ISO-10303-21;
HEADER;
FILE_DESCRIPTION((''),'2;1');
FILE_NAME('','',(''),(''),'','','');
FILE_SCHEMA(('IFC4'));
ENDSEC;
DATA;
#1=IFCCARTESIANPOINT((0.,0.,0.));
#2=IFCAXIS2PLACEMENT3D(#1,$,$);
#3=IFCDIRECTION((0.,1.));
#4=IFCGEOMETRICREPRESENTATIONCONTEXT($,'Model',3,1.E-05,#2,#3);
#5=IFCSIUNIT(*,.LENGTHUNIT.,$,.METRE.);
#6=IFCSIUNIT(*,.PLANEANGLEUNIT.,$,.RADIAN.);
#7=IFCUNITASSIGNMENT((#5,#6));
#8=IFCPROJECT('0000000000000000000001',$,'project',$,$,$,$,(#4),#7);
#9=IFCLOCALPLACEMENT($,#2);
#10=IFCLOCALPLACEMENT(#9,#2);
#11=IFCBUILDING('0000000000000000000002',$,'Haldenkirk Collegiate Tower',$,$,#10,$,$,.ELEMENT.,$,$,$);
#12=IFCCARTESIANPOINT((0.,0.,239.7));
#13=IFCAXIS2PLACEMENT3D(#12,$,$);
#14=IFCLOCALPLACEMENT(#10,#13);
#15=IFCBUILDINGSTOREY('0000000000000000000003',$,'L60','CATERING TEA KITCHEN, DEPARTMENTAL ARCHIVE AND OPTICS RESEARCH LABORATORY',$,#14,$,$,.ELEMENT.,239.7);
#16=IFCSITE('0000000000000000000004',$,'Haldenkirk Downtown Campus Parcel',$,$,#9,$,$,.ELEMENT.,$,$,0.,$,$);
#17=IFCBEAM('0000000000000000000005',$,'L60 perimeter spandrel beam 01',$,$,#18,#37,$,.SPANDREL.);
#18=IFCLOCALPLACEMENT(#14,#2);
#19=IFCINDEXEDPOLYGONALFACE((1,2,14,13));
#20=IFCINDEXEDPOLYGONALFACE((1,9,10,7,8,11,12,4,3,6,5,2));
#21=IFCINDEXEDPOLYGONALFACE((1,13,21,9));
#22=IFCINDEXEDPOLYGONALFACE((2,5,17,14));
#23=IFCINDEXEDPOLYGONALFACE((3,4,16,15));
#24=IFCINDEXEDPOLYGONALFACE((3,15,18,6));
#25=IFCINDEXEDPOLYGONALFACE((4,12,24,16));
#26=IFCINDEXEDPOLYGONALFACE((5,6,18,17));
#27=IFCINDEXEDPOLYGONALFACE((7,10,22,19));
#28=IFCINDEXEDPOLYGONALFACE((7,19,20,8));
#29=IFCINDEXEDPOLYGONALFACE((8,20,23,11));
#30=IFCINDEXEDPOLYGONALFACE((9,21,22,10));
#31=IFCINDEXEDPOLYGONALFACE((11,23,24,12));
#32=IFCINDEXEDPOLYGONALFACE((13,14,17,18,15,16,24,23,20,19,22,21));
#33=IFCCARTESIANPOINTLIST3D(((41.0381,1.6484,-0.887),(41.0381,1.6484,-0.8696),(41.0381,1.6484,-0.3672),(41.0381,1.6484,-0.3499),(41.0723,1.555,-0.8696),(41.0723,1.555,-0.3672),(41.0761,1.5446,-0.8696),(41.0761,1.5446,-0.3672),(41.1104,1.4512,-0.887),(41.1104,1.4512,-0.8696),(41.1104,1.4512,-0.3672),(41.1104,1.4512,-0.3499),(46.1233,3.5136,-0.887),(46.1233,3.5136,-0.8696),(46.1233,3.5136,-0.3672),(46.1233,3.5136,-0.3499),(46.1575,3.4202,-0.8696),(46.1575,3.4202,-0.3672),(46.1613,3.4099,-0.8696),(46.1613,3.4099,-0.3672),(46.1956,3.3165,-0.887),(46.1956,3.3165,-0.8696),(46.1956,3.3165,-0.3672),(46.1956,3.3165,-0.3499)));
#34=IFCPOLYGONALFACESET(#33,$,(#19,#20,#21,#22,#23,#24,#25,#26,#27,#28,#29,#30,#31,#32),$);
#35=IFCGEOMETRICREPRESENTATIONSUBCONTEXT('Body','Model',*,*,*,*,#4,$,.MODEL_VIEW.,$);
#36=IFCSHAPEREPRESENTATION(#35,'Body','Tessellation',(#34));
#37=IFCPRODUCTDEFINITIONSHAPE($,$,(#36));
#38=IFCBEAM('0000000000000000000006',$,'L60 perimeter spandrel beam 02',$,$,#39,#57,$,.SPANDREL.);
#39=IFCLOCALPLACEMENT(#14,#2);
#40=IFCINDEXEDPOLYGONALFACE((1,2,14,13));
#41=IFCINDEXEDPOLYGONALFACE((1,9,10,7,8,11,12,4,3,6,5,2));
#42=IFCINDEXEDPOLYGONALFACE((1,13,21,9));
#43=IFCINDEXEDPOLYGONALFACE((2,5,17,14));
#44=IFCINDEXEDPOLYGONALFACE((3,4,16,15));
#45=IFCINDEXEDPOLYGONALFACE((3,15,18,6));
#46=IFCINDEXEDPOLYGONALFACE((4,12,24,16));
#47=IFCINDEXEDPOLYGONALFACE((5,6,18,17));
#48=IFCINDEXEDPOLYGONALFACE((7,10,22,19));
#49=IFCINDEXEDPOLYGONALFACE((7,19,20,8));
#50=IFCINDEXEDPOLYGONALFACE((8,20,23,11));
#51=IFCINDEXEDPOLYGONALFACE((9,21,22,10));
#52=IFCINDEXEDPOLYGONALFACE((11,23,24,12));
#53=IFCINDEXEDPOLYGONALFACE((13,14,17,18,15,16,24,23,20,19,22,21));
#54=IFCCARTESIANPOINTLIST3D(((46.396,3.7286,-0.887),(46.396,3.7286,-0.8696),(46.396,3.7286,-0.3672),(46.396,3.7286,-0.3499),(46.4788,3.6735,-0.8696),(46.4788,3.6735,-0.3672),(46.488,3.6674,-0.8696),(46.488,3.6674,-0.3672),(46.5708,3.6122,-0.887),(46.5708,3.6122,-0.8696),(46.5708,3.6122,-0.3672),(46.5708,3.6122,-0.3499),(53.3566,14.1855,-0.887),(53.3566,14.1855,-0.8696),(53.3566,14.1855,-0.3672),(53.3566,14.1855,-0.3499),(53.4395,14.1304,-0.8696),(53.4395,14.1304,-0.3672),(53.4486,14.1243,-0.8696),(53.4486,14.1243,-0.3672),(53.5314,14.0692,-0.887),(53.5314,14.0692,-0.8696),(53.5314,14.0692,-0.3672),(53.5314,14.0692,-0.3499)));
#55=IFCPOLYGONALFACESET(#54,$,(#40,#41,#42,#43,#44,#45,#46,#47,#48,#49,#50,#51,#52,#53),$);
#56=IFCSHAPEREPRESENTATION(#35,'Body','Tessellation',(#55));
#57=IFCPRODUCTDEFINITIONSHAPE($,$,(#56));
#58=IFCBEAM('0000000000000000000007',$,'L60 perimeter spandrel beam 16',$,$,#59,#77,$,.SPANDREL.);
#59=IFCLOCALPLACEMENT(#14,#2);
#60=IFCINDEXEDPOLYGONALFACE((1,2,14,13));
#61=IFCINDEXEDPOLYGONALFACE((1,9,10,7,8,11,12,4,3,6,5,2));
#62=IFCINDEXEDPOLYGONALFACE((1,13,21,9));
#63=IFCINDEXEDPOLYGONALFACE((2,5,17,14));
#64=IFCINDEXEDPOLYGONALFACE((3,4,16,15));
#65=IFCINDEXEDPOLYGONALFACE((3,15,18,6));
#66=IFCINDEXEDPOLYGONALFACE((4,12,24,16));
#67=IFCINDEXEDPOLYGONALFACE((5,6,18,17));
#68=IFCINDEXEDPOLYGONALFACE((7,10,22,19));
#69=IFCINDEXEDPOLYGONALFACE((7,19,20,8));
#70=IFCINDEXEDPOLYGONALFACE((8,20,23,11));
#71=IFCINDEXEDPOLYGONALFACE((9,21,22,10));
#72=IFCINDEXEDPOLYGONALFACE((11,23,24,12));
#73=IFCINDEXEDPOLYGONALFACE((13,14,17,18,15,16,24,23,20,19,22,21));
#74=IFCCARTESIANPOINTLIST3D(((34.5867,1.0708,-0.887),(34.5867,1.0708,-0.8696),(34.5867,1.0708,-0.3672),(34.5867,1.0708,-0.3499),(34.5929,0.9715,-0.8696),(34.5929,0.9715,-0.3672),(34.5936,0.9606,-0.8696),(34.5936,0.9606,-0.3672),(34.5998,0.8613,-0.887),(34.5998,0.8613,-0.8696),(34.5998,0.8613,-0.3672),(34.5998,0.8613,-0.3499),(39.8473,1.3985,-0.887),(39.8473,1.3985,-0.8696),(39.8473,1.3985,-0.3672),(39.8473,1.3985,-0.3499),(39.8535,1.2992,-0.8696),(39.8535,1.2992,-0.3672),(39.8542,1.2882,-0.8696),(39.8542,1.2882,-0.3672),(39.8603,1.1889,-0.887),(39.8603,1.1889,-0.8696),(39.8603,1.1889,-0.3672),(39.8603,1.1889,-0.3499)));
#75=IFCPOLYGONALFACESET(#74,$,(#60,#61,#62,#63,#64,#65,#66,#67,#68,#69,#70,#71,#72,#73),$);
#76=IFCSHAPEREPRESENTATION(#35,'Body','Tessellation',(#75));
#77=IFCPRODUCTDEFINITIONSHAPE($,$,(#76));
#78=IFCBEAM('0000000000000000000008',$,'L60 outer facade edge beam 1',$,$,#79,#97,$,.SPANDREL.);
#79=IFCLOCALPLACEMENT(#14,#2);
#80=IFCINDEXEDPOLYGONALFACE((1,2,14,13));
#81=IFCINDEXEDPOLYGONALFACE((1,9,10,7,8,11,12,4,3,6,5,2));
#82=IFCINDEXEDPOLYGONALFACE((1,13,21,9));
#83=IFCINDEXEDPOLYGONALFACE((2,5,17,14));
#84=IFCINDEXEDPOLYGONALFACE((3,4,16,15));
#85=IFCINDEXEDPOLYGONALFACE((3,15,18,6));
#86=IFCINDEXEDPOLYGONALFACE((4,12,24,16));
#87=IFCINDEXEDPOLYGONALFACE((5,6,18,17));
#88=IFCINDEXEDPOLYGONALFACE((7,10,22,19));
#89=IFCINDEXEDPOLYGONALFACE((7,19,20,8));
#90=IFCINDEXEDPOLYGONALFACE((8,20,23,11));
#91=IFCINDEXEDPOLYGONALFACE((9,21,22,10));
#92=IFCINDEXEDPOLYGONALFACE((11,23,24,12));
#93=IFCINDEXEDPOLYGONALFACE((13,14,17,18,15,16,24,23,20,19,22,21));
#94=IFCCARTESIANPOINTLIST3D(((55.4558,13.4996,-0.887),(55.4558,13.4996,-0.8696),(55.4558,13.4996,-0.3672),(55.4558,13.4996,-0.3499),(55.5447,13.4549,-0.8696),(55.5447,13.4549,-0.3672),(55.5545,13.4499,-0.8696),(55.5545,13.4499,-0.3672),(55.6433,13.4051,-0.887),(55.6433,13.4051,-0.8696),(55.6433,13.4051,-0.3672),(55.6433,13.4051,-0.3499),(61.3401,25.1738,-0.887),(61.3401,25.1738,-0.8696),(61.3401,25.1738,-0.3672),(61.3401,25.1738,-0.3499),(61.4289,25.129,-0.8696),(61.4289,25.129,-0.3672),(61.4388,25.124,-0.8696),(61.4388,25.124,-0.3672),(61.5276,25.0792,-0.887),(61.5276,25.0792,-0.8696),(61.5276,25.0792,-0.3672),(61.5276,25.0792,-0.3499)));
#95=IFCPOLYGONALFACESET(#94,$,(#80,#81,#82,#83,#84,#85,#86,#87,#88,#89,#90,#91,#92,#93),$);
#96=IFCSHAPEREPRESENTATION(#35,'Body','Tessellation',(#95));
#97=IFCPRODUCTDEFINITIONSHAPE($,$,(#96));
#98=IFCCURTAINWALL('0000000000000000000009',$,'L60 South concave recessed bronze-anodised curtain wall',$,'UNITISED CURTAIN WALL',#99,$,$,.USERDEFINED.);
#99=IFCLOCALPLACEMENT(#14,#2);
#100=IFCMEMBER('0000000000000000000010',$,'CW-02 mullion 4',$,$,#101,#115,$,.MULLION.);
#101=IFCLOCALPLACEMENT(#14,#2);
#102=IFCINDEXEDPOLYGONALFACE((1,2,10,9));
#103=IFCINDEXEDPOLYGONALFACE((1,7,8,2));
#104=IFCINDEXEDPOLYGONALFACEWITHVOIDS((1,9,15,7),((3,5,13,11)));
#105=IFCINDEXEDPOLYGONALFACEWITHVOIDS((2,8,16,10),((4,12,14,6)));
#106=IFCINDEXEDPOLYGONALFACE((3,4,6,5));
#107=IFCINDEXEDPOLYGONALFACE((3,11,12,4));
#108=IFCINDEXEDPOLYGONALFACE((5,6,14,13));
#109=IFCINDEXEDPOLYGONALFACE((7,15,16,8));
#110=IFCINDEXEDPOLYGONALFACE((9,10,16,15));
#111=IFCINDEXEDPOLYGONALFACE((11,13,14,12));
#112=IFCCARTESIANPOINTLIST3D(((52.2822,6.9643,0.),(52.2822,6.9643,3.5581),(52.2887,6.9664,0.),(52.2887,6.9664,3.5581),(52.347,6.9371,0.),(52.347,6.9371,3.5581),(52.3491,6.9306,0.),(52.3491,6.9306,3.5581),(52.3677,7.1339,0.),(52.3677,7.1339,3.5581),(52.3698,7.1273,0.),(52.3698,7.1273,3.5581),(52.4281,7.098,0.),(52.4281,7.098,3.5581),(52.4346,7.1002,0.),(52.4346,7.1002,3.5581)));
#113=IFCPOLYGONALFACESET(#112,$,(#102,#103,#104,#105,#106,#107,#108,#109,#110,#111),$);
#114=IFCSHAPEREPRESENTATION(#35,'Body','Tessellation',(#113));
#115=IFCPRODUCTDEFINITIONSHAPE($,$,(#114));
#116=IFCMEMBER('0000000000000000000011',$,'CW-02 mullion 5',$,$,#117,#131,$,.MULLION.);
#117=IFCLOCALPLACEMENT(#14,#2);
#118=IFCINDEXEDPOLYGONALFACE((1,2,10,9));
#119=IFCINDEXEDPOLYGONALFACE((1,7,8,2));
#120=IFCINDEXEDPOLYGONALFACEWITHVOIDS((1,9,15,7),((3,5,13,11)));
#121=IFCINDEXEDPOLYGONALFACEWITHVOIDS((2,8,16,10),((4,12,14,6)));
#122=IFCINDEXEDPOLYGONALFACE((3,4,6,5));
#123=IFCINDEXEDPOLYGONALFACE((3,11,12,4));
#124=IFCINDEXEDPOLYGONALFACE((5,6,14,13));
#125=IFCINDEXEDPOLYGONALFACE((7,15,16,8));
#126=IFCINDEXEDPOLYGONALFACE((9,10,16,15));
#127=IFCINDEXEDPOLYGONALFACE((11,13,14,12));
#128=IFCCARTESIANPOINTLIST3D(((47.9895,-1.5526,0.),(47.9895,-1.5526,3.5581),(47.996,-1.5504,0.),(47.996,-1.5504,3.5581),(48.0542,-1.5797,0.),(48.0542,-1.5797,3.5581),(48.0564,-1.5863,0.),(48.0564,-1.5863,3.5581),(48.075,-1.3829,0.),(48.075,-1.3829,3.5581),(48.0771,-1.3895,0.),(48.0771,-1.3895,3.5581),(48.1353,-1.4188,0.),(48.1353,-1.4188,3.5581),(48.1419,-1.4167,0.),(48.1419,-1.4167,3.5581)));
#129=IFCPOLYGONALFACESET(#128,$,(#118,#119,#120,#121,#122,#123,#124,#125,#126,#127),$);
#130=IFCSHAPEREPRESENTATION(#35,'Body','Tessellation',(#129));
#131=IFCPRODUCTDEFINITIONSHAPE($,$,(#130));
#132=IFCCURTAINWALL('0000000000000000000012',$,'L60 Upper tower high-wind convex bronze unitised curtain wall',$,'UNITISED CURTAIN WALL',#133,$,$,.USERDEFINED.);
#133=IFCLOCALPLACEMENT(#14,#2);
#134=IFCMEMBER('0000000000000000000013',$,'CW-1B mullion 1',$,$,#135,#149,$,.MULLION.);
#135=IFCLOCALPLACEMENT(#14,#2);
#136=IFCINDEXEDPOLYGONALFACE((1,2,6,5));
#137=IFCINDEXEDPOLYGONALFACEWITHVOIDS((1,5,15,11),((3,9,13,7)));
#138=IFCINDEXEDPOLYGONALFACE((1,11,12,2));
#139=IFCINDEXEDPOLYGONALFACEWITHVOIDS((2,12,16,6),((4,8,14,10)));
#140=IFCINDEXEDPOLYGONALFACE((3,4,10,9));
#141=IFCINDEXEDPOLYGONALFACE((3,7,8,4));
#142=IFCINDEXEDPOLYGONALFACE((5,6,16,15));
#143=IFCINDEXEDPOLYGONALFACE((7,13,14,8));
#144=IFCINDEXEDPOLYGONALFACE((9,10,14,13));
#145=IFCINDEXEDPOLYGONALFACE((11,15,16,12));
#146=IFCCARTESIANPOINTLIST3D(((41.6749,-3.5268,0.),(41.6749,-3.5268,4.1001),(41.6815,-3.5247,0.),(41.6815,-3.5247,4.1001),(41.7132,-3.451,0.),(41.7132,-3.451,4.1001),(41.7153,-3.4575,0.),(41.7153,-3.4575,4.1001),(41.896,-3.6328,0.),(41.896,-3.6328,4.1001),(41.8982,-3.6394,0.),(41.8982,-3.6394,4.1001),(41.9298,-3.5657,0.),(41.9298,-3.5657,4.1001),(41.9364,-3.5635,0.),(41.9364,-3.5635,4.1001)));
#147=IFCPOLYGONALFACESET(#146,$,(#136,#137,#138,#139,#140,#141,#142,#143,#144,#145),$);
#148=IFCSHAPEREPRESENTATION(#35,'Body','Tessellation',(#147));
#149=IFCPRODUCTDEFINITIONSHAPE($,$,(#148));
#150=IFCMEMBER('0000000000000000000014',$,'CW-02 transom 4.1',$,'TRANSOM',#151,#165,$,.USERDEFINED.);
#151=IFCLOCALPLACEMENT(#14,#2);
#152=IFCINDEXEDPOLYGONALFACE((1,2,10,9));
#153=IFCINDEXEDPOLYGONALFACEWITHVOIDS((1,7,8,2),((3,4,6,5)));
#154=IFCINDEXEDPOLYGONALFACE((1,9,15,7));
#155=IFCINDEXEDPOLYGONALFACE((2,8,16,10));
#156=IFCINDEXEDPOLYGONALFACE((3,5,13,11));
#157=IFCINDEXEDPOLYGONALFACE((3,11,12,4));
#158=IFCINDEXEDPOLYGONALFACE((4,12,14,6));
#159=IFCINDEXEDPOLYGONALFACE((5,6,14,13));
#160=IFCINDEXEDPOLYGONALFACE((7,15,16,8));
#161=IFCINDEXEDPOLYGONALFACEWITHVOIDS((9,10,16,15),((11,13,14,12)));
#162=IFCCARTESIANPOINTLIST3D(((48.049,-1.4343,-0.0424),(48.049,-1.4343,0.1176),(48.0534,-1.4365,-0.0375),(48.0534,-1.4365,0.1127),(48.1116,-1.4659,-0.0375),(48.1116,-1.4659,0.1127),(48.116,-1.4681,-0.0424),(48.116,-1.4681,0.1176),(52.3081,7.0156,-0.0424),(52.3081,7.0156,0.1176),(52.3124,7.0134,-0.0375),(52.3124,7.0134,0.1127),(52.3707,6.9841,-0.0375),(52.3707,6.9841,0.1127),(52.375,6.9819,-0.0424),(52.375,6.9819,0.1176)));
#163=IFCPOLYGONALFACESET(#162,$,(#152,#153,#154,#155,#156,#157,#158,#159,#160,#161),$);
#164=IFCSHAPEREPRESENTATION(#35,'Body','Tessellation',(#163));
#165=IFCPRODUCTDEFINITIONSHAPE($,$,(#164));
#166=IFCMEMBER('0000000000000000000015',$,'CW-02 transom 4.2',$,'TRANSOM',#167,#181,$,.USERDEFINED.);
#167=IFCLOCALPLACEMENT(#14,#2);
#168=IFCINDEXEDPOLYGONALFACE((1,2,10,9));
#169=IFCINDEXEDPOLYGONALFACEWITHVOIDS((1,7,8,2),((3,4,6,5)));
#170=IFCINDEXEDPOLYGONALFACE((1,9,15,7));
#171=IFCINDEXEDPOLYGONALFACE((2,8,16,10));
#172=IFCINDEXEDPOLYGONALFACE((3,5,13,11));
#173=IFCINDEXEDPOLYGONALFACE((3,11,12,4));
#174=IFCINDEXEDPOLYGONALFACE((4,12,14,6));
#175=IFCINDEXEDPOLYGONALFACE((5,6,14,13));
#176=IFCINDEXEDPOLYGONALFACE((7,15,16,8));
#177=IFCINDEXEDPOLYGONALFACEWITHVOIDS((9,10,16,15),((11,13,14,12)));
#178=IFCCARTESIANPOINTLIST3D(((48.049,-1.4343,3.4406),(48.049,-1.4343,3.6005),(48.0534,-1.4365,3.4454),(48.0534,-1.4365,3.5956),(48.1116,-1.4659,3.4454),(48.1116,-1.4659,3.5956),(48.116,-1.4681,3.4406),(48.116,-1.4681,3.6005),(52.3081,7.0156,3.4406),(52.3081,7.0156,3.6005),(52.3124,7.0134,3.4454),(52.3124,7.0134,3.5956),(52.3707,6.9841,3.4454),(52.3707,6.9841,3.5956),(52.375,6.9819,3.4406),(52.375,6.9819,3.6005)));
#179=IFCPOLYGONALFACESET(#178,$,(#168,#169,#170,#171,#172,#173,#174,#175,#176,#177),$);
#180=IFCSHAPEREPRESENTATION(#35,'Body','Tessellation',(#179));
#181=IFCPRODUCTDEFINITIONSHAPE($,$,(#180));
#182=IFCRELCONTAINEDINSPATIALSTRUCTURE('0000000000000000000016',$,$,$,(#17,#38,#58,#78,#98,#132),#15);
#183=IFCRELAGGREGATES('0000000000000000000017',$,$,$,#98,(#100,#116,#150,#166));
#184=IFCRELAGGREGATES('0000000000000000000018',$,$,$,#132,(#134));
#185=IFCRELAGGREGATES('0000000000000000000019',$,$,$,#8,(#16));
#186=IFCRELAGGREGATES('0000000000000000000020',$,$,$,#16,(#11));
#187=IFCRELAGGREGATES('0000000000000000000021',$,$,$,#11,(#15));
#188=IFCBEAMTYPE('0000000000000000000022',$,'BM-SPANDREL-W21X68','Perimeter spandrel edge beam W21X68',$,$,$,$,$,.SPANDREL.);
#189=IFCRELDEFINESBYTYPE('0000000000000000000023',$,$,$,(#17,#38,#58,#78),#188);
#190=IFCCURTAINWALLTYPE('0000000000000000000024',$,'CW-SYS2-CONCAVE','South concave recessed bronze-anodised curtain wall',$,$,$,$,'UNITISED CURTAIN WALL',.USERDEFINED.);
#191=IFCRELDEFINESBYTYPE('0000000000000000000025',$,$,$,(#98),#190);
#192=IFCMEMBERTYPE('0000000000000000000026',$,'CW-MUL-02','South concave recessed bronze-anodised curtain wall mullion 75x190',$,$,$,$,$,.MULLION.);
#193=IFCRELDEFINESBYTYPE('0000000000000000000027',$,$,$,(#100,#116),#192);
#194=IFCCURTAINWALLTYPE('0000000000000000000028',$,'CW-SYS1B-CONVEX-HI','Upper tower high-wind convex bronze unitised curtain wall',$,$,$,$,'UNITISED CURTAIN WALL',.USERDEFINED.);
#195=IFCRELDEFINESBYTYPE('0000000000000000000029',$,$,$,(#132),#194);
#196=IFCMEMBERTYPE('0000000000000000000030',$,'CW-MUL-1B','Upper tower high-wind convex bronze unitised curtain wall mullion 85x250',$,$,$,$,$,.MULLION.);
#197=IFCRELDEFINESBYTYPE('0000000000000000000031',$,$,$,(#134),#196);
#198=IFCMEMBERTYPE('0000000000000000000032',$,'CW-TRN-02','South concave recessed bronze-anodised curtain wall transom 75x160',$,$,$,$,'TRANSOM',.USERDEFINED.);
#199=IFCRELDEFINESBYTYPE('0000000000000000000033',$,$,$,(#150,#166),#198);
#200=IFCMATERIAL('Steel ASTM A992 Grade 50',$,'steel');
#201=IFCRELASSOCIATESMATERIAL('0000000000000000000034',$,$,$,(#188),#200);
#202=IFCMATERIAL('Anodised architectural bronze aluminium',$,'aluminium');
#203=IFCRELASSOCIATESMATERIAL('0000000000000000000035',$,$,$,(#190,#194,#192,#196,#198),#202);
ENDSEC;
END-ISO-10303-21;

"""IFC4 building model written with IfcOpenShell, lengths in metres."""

from ifc_helpers import new_model, si_unit, direction, frame, origin, origin_2d, place, context, subcontext, project, spatial, hollow_rectangle, i_section, extrude, material, material_profile, profile_set, type_object, element, aggregate, save


model = new_model("IFC4")

# Units and contexts
model_context = context("Model", 3, precision=1e-05, world=origin(), true_north=direction((0.0, 1.0)))
body_context = subcontext(model_context, "Body", "Model", "MODEL_VIEW")
ifc_project = project(units=[si_unit("LENGTHUNIT", "METRE"), si_unit("PLANEANGLEUNIT", "RADIAN")], contexts=[model_context])

# Site, building, storey
site_placement = place(None, origin())
site = spatial("IfcSite", under=ifc_project, at=site_placement, Name="Haldenkirk Downtown Campus Parcel", CompositionType="ELEMENT", RefElevation=0.0)
building_placement = place(site_placement, origin())
building = spatial("IfcBuilding", under=site, at=building_placement, Name="Haldenkirk Collegiate Tower", CompositionType="ELEMENT")
storey_placement = place(building_placement, frame((0.0, 0.0, 239.7)))
storey = spatial("IfcBuildingStorey", under=building, at=storey_placement, Name="L60", Description="CATERING TEA KITCHEN, DEPARTMENTAL ARCHIVE AND OPTICS RESEARCH LABORATORY", CompositionType="ELEMENT", Elevation=239.7)

# Beams
ifc_material_1 = material(Name="Steel ASTM A992 Grade 50", Category="steel")
ifc_material_profile_1 = material_profile(ifc_material_1, i_section(OverallWidth=0.21, OverallDepth=0.5371, WebThickness=0.011, FlangeThickness=0.0173, at=origin_2d()), Name="W21X68")
ifc_profile_set_1 = profile_set([ifc_material_profile_1], Name="Steel ASTM A992 Grade 50")
beam_type_1 = type_object("IfcBeamType", Name="BM-SPANDREL-W21X68", Description="Perimeter spandrel edge beam W21X68", PredefinedType="SPANDREL", material=ifc_profile_set_1)
beam_1_placement = place(storey_placement, frame((41.0742, 1.5498, -0.6184), z_axis=(0.938837, 0.344362, 0.0), x_axis=(-0.344362, 0.938837, 0.0)))
element("IfcBeam", 1, at=beam_1_placement, inside=storey, type_object=beam_type_1, Name="L60 perimeter spandrel beam 01", PredefinedType="SPANDREL", context=body_context, shape_type="SweptSolid", body=[
    extrude(i_section(OverallWidth=0.21, OverallDepth=0.5371, WebThickness=0.011, FlangeThickness=0.0173, at=origin_2d()), origin(), (0.0, 0.0, 1.0), 5.4165),
])
beam_2_placement = place(storey_placement, frame((46.4834, 3.6704, -0.6184), z_axis=(0.554113, 0.832442, 0.0), x_axis=(-0.832442, 0.554113, 0.0)))
element("IfcBeam", 2, at=beam_2_placement, inside=storey, type_object=beam_type_1, Name="L60 perimeter spandrel beam 02", PredefinedType="SPANDREL", context=body_context, shape_type="SweptSolid", body=[
    extrude(i_section(OverallWidth=0.21, OverallDepth=0.5371, WebThickness=0.011, FlangeThickness=0.0173, at=origin_2d()), origin(), (0.0, 0.0, 1.0), 12.5618),
])
beam_3_placement = place(storey_placement, frame((34.5933, 0.9661, -0.6184), z_axis=(0.998066, 0.062162, 0.0), x_axis=(-0.062162, 0.998066, 0.0)))
element("IfcBeam", 3, at=beam_3_placement, inside=storey, type_object=beam_type_1, Name="L60 perimeter spandrel beam 16", PredefinedType="SPANDREL", context=body_context, shape_type="SweptSolid", body=[
    extrude(i_section(OverallWidth=0.21, OverallDepth=0.5371, WebThickness=0.011, FlangeThickness=0.0173, at=origin_2d()), origin(), (0.0, 0.0, 1.0), 5.2708),
])
beam_4_placement = place(storey_placement, frame((55.5496, 13.4524, -0.6184), z_axis=(0.450102, 0.892977, 0.0), x_axis=(-0.892977, 0.450102, 0.0)))
element("IfcBeam", 4, at=beam_4_placement, inside=storey, type_object=beam_type_1, Name="L60 outer facade edge beam 1", PredefinedType="SPANDREL", context=body_context, shape_type="SweptSolid", body=[
    extrude(i_section(OverallWidth=0.21, OverallDepth=0.5371, WebThickness=0.011, FlangeThickness=0.0173, at=origin_2d()), origin(), (0.0, 0.0, 1.0), 13.0732),
])

# Curtain wall, members
ifc_material_2 = material(Name="Anodised architectural bronze aluminium", Category="aluminium")
curtain_wall_type_1 = type_object("IfcCurtainWallType", Name="CW-SYS2-CONCAVE", Description="South concave recessed bronze-anodised curtain wall", ElementType="UNITISED CURTAIN WALL", PredefinedType="USERDEFINED", material=ifc_material_2)
curtain_wall_1_placement = place(storey_placement, origin())
curtain_wall_1 = element("IfcCurtainWall", 5, at=curtain_wall_1_placement, inside=storey, type_object=curtain_wall_type_1, Name="L60 South concave recessed bronze-anodised curtain wall", ObjectType="UNITISED CURTAIN WALL", PredefinedType="USERDEFINED")
ifc_material_profile_2 = material_profile(ifc_material_2, hollow_rectangle(XDim=0.075, YDim=0.1899, WallThickness=0.0049, at=origin_2d()), Name="CW-MUL-02")
ifc_profile_set_2 = profile_set([ifc_material_profile_2], Name="Anodised architectural bronze aluminium")
member_type_1 = type_object("IfcMemberType", Name="CW-MUL-02", Description="South concave recessed bronze-anodised curtain wall mullion 75x190", PredefinedType="MULLION", material=ifc_profile_set_2)
member_1_placement = place(storey_placement, frame((52.3584, 7.0322, 0.0), z_axis=(0.0, 0.0, 1.0), x_axis=(0.89298, -0.450097, 0.0)))
member_1 = element("IfcMember", 6, at=member_1_placement, type_object=member_type_1, Name="CW-02 mullion 4", PredefinedType="MULLION", context=body_context, shape_type="SweptSolid", body=[
    extrude(hollow_rectangle(XDim=0.075, YDim=0.1899, WallThickness=0.0049, at=origin_2d()), origin(), (0.0, 0.0, 1.0), 3.5581),
])
member_2_placement = place(storey_placement, frame((48.0657, -1.4846, 0.0), z_axis=(0.0, 0.0, 1.0), x_axis=(0.89298, -0.450097, 0.0)))
member_2 = element("IfcMember", 7, at=member_2_placement, type_object=member_type_1, Name="CW-02 mullion 5", PredefinedType="MULLION", context=body_context, shape_type="SweptSolid", body=[
    extrude(hollow_rectangle(XDim=0.075, YDim=0.1899, WallThickness=0.0049, at=origin_2d()), origin(), (0.0, 0.0, 1.0), 3.5581),
])

# Curtain wall, member
curtain_wall_type_2 = type_object("IfcCurtainWallType", Name="CW-SYS1B-CONVEX-HI", Description="Upper tower high-wind convex bronze unitised curtain wall", ElementType="UNITISED CURTAIN WALL", PredefinedType="USERDEFINED", material=ifc_material_2)
curtain_wall_2_placement = place(storey_placement, origin())
curtain_wall_2 = element("IfcCurtainWall", 8, at=curtain_wall_2_placement, inside=storey, type_object=curtain_wall_type_2, Name="L60 Upper tower high-wind convex bronze unitised curtain wall", ObjectType="UNITISED CURTAIN WALL", PredefinedType="USERDEFINED")
ifc_material_profile_3 = material_profile(ifc_material_2, hollow_rectangle(XDim=0.085, YDim=0.25, WallThickness=0.0049, at=origin_2d()), Name="CW-MUL-1B")
ifc_profile_set_3 = profile_set([ifc_material_profile_3], Name="Anodised architectural bronze aluminium")
member_type_2 = type_object("IfcMemberType", Name="CW-MUL-1B", Description="Upper tower high-wind convex bronze unitised curtain wall mullion 85x250", PredefinedType="MULLION", material=ifc_profile_set_3)
member_3_placement = place(storey_placement, frame((41.8057, -3.5452, 0.0), z_axis=(0.0, 0.0, 1.0), x_axis=(-0.450099, -0.892979, 0.0)))
member_3 = element("IfcMember", 9, at=member_3_placement, type_object=member_type_2, Name="CW-1B mullion 1", PredefinedType="MULLION", context=body_context, shape_type="SweptSolid", body=[
    extrude(hollow_rectangle(XDim=0.085, YDim=0.25, WallThickness=0.0049, at=origin_2d()), origin(), (0.0, 0.0, 1.0), 4.1001),
])

# Members
ifc_material_profile_4 = material_profile(ifc_material_2, hollow_rectangle(XDim=0.075, YDim=0.1599, WallThickness=0.0049, at=origin_2d()), Name="CW-TRN-02")
ifc_profile_set_4 = profile_set([ifc_material_profile_4], Name="Anodised architectural bronze aluminium")
member_type_3 = type_object("IfcMemberType", Name="CW-TRN-02", Description="South concave recessed bronze-anodised curtain wall transom 75x160", ElementType="TRANSOM", PredefinedType="USERDEFINED", material=ifc_profile_set_4)
member_4_placement = place(storey_placement, frame((52.3416, 6.9988, 0.0376), z_axis=(-0.450091, -0.892983, 0.0), x_axis=(0.892983, -0.450091, 0.0)))
member_4 = element("IfcMember", 10, at=member_4_placement, type_object=member_type_3, Name="CW-02 transom 4.1", ObjectType="TRANSOM", PredefinedType="USERDEFINED", context=body_context, shape_type="SweptSolid", body=[
    extrude(hollow_rectangle(XDim=0.075, YDim=0.1599, WallThickness=0.0049, at=origin_2d()), origin(), (0.0, 0.0, 1.0), 9.4626),
])
member_5_placement = place(storey_placement, frame((52.3416, 6.9988, 3.5205), z_axis=(-0.450091, -0.892983, 0.0), x_axis=(0.892983, -0.450091, 0.0)))
member_5 = element("IfcMember", 11, at=member_5_placement, type_object=member_type_3, Name="CW-02 transom 4.2", ObjectType="TRANSOM", PredefinedType="USERDEFINED", context=body_context, shape_type="SweptSolid", body=[
    extrude(hollow_rectangle(XDim=0.075, YDim=0.1599, WallThickness=0.0049, at=origin_2d()), origin(), (0.0, 0.0, 1.0), 9.4626),
])

aggregate(curtain_wall_1, [member_1, member_2, member_4, member_5])
aggregate(curtain_wall_2, [member_3])

save(model, "model.ifc")
